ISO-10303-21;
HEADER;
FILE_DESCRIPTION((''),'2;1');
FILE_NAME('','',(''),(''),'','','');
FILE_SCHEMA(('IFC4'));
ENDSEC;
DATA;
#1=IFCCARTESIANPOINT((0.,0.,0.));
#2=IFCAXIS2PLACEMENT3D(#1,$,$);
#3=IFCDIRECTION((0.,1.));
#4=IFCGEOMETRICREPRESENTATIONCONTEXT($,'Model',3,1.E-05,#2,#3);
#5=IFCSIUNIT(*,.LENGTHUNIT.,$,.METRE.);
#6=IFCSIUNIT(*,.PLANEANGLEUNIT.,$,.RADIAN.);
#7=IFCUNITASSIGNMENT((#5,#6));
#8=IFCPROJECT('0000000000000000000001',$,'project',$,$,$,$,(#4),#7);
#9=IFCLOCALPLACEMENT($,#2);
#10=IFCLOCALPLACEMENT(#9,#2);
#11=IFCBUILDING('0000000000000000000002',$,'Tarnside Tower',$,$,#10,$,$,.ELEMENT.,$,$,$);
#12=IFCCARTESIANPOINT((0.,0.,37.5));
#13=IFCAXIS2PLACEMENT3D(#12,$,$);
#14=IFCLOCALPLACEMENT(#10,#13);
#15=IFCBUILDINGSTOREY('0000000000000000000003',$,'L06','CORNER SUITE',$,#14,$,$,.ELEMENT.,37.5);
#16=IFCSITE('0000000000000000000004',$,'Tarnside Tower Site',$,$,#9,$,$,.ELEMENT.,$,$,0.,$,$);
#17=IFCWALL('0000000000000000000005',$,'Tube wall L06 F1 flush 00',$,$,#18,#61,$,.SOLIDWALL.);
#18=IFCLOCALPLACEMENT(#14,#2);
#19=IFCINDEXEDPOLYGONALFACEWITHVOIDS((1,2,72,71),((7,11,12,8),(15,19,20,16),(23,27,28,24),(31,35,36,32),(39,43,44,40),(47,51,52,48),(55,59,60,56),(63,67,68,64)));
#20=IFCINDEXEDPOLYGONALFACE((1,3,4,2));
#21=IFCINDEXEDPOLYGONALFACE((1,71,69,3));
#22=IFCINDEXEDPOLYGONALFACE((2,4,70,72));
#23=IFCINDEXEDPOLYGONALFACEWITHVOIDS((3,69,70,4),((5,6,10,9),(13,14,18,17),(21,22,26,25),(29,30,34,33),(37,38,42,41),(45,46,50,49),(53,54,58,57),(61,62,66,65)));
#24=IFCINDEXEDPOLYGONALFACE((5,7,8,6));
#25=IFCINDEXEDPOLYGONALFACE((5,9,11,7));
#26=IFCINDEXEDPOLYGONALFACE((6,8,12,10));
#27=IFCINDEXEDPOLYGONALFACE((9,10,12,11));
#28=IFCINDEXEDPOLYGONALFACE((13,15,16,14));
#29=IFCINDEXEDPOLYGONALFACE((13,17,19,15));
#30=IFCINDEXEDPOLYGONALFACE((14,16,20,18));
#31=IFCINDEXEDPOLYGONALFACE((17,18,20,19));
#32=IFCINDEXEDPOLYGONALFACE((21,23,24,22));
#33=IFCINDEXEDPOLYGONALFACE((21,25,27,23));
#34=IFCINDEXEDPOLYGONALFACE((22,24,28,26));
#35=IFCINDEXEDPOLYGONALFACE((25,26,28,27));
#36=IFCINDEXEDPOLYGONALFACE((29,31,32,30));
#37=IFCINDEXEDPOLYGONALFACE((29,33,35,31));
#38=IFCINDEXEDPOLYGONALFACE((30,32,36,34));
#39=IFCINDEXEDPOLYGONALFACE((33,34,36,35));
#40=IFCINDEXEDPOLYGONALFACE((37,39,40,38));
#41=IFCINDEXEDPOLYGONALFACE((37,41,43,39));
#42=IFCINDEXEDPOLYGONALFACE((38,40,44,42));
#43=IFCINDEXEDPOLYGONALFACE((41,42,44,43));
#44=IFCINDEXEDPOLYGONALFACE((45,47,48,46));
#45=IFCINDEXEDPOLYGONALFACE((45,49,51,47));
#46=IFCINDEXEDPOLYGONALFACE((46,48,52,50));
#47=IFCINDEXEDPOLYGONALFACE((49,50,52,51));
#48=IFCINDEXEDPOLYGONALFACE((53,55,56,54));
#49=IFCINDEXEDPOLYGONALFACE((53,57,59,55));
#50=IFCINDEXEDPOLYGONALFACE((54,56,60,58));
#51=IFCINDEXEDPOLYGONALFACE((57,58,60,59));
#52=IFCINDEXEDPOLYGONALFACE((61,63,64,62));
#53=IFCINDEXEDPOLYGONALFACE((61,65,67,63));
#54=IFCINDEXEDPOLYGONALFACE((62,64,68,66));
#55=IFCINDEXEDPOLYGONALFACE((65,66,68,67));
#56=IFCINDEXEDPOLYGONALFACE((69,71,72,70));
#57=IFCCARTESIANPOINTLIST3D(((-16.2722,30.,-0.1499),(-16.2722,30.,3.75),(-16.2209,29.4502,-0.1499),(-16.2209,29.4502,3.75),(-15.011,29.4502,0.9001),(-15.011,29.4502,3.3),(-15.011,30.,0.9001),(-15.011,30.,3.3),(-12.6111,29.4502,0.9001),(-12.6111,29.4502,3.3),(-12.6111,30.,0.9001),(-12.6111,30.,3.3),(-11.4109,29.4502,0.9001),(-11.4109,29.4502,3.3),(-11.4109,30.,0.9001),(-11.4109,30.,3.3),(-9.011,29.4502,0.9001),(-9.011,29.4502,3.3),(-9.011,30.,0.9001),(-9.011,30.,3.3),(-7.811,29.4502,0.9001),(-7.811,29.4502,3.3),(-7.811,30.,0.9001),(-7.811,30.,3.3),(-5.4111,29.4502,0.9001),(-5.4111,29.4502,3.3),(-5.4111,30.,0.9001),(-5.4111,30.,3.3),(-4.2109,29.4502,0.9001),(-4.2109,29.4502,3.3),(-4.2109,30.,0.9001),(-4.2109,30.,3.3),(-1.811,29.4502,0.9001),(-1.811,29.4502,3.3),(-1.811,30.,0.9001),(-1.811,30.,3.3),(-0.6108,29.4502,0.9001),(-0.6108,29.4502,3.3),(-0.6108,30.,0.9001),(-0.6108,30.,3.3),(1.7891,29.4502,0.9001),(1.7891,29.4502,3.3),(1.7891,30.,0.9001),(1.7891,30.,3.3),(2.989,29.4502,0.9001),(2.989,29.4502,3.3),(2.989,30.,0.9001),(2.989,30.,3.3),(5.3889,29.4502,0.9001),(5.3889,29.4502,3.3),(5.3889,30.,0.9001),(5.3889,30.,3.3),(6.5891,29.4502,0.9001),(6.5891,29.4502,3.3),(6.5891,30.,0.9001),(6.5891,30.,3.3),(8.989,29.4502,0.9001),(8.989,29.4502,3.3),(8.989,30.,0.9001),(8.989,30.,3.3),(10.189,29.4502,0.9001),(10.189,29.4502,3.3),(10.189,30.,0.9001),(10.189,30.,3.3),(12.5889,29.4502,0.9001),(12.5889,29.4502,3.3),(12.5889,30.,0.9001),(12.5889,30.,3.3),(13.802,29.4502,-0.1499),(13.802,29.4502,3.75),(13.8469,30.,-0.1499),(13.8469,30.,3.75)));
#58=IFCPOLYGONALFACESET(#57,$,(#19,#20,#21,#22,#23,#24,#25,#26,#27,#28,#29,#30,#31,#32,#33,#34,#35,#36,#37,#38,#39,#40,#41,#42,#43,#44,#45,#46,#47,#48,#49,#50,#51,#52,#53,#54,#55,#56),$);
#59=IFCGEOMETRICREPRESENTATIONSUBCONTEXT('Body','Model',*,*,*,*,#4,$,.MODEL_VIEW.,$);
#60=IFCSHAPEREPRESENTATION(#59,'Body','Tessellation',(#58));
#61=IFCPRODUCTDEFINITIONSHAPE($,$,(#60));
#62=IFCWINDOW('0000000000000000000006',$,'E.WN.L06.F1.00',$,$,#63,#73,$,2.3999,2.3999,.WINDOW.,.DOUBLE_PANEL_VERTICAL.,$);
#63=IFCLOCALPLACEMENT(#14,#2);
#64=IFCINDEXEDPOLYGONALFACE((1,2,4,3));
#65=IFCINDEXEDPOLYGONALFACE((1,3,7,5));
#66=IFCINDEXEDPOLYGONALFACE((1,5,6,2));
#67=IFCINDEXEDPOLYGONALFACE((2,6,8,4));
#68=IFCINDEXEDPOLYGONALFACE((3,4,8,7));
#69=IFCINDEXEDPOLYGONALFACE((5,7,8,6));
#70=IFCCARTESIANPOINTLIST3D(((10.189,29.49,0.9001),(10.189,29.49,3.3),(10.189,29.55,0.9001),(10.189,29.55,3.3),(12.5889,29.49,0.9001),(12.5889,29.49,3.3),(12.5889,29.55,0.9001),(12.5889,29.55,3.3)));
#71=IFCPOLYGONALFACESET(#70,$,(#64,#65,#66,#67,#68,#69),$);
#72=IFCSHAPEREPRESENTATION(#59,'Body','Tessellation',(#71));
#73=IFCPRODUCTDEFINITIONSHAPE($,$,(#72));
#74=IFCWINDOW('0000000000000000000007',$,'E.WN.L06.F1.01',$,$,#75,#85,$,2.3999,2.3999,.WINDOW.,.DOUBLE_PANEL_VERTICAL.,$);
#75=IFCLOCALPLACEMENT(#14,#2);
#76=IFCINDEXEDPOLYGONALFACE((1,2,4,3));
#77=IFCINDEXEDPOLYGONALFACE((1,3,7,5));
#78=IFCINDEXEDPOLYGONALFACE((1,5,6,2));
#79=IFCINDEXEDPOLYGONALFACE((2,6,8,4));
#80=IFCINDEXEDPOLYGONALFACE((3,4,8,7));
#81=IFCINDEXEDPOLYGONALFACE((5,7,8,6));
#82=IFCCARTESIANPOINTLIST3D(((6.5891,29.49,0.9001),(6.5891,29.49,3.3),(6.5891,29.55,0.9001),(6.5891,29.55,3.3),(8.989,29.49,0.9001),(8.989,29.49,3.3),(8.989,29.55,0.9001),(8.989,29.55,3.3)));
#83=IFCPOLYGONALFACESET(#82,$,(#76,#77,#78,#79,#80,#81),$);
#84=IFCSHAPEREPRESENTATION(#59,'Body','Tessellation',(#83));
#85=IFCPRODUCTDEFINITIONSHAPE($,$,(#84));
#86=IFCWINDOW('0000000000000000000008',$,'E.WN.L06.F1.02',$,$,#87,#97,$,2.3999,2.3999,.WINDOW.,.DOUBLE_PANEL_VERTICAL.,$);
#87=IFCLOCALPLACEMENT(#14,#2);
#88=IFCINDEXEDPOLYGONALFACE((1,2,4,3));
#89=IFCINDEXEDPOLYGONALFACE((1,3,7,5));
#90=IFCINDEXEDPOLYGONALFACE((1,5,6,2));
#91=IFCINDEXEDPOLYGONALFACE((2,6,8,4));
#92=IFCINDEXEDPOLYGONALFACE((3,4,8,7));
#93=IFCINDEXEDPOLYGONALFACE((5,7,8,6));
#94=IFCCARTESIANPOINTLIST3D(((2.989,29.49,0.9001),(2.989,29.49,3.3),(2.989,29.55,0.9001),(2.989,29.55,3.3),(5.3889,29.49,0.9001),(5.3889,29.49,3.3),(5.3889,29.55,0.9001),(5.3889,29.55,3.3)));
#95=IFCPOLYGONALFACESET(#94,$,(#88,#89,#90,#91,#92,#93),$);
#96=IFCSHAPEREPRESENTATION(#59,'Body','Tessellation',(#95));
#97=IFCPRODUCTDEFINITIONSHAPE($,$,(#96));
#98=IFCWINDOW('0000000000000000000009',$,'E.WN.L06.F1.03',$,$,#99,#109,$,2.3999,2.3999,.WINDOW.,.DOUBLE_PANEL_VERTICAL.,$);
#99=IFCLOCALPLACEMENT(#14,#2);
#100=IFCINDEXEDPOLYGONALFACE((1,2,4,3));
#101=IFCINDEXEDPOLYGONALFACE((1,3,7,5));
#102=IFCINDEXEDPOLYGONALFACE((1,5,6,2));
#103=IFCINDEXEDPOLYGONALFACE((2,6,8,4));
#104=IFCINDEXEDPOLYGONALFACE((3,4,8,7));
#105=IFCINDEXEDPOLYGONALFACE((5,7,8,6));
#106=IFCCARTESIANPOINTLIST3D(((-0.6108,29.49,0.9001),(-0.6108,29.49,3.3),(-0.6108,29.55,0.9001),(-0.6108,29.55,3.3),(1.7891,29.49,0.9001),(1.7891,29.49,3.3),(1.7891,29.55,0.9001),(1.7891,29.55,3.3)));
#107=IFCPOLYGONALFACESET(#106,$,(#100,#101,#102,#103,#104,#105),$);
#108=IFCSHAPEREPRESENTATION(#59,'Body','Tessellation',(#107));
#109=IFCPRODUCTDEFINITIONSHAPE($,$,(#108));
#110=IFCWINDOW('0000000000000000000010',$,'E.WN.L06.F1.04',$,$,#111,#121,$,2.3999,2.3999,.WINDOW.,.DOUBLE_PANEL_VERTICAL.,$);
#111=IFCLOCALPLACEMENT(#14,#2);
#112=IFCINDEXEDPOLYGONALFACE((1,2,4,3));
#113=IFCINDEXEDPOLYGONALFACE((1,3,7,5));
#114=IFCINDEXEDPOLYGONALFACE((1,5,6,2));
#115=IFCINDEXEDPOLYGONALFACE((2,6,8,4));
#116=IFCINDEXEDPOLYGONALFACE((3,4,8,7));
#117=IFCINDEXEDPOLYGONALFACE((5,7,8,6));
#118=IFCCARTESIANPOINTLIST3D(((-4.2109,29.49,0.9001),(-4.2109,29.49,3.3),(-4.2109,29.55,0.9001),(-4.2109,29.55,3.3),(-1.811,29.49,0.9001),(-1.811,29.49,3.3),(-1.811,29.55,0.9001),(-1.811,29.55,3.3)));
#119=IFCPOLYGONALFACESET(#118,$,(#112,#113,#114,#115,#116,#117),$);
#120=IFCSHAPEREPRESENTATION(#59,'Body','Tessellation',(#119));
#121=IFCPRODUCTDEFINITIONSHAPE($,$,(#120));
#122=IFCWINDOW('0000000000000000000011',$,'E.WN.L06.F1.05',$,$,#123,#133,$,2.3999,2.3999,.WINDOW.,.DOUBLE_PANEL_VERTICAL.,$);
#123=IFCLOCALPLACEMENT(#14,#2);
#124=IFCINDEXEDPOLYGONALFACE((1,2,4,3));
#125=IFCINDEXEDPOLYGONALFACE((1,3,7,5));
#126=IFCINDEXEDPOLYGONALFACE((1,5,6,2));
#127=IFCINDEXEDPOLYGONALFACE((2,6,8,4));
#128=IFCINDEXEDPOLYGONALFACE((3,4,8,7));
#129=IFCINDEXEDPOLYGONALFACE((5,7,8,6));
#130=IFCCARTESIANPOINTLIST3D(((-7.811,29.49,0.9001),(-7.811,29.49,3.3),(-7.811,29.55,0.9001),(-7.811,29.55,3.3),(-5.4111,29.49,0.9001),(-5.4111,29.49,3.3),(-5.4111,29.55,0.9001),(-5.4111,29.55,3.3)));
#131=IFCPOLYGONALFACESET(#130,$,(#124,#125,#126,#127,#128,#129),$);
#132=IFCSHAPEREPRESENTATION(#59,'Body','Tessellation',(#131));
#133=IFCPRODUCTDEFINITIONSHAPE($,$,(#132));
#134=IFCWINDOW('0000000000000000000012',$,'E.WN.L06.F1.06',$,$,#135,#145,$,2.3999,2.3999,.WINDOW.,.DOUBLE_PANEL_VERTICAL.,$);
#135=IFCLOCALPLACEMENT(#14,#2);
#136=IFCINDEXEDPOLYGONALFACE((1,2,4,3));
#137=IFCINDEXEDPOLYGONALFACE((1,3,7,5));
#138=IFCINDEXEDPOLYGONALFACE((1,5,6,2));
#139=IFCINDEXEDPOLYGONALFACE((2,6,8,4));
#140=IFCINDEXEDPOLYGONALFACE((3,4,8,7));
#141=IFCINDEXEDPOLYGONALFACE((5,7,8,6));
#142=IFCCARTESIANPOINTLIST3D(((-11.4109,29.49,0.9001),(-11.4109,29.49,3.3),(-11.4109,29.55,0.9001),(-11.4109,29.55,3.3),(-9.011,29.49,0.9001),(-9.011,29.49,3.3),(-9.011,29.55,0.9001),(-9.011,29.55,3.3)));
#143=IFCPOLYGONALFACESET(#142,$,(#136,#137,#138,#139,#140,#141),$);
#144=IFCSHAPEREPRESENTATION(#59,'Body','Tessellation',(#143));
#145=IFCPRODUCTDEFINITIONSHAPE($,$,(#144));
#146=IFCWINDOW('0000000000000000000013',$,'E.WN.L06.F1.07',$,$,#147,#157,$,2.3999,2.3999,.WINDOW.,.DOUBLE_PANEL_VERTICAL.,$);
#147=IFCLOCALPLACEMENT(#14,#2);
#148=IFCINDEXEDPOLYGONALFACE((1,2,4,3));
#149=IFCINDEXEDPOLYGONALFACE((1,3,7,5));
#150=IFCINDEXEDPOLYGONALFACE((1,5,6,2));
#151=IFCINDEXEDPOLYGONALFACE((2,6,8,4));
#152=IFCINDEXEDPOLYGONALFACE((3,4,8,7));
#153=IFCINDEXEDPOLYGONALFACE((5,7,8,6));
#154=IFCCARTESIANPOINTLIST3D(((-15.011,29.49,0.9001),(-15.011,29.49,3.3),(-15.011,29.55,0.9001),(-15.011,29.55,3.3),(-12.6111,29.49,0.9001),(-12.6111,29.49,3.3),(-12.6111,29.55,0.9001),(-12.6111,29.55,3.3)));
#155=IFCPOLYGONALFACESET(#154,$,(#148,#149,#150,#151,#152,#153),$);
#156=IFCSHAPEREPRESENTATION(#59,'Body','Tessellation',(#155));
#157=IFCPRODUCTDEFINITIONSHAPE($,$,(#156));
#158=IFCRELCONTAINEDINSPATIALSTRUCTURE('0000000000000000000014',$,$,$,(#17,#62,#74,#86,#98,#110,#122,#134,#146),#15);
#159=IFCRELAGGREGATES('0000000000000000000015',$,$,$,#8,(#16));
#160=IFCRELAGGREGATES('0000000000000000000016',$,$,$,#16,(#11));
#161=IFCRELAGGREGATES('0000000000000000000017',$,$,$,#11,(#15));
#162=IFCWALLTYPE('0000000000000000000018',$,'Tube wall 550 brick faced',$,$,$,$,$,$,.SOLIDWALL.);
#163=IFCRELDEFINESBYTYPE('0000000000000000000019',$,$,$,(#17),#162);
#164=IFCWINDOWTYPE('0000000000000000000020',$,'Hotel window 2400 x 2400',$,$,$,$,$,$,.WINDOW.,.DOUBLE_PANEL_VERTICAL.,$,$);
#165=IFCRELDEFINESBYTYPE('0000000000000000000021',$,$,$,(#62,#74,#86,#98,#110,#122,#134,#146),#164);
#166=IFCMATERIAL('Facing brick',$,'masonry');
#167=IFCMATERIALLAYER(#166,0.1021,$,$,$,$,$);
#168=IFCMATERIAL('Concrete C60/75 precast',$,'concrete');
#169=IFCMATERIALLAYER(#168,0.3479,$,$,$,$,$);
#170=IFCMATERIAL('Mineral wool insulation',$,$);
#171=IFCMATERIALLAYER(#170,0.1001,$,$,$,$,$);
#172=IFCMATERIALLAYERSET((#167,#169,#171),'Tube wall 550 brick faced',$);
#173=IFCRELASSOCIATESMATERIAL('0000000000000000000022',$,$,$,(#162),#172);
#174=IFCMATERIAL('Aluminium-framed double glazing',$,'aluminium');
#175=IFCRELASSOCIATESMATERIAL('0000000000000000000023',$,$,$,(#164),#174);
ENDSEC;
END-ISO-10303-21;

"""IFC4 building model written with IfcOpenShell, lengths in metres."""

from ifc_helpers import new_model, si_unit, direction, frame, frame_2d, origin, place, context, subcontext, project, spatial, polyline, rectangle, outline, extrude, material, layer, layer_set, type_object, element, fill, save


model = new_model("IFC4")

# Units and contexts
model_context = context("Model", 3, precision=1e-05, world=origin(), true_north=direction((0.0, 1.0)))
body_context = subcontext(model_context, "Body", "Model", "MODEL_VIEW")
ifc_project = project(units=[si_unit("LENGTHUNIT", "METRE"), si_unit("PLANEANGLEUNIT", "RADIAN")], contexts=[model_context])

# Site, building, storey
site_placement = place(None, origin())
site = spatial("IfcSite", under=ifc_project, at=site_placement, Name="Tarnside Tower Site", CompositionType="ELEMENT", RefElevation=0.0)
building_placement = place(site_placement, origin())
building = spatial("IfcBuilding", under=site, at=building_placement, Name="Tarnside Tower", CompositionType="ELEMENT")
storey_placement = place(building_placement, frame((0.0, 0.0, 37.5)))
storey = spatial("IfcBuildingStorey", under=building, at=storey_placement, Name="L06", Description="CORNER SUITE", CompositionType="ELEMENT", Elevation=37.5)

# Wall, openings, windows
ifc_material_1 = material(Name="Facing brick", Category="masonry")
ifc_layer_1 = layer(ifc_material_1, 0.1021)
ifc_material_2 = material(Name="Concrete C60/75 precast", Category="concrete")
ifc_layer_2 = layer(ifc_material_2, 0.3479)
ifc_material_3 = material(Name="Mineral wool insulation")
ifc_layer_3 = layer(ifc_material_3, 0.1001)
ifc_layer_set_1 = layer_set([ifc_layer_1, ifc_layer_2, ifc_layer_3], Name="Tube wall 550 brick faced")
wall_type_1 = type_object("IfcWallType", Name="Tube wall 550 brick faced", PredefinedType="SOLIDWALL", material=ifc_layer_set_1)
wall_1_placement = place(storey_placement, frame((13.8245, 29.7251, -0.1499), z_axis=(0.0, 0.0, 1.0), x_axis=(-1.0, 0.0, 0.0)))
wall_1 = element("IfcWall", 1, at=wall_1_placement, inside=storey, type_object=wall_type_1, Name="Tube wall L06 F1 flush 00", PredefinedType="SOLIDWALL", context=body_context, shape_type="SweptSolid", body=[
    extrude(outline(polyline([(-0.0225, -0.2749), (30.0967, -0.2749), (30.0454, 0.2749), (0.0225, 0.2749), (-0.0225, -0.2749)])), origin(), (0.0, 0.0, 1.0), 3.8999),
])
opening_1_placement = place(wall_1_placement, frame((1.2356, 0.0, 1.05)))
opening_1 = element("IfcOpeningElement", 2, at=opening_1_placement, cuts=wall_1, PredefinedType="OPENING", context=body_context, shape_type="SweptSolid", body=[
    extrude(rectangle(XDim=2.3999, YDim=2.3999, at=frame_2d((1.2, 1.2))), frame((0.0, 0.2852, 0.0), z_axis=(0.0, -1.0, 0.0), x_axis=(1.0, 0.0, 0.0)), (0.0, 0.0, 1.0), 0.5701),
])
opening_2_placement = place(wall_1_placement, frame((4.8354, 0.0, 1.05)))
opening_2 = element("IfcOpeningElement", 3, at=opening_2_placement, cuts=wall_1, PredefinedType="OPENING", context=body_context, shape_type="SweptSolid", body=[
    extrude(rectangle(XDim=2.3999, YDim=2.3999, at=frame_2d((1.2, 1.2))), frame((0.0, 0.2852, 0.0), z_axis=(0.0, -1.0, 0.0), x_axis=(1.0, 0.0, 0.0)), (0.0, 0.0, 1.0), 0.5701),
])
opening_3_placement = place(wall_1_placement, frame((8.4355, 0.0, 1.05)))
opening_3 = element("IfcOpeningElement", 4, at=opening_3_placement, cuts=wall_1, PredefinedType="OPENING", context=body_context, shape_type="SweptSolid", body=[
    extrude(rectangle(XDim=2.3999, YDim=2.3999, at=frame_2d((1.2, 1.2))), frame((0.0, 0.2852, 0.0), z_axis=(0.0, -1.0, 0.0), x_axis=(1.0, 0.0, 0.0)), (0.0, 0.0, 1.0), 0.5701),
])
opening_4_placement = place(wall_1_placement, frame((12.0354, 0.0, 1.05)))
opening_4 = element("IfcOpeningElement", 5, at=opening_4_placement, cuts=wall_1, PredefinedType="OPENING", context=body_context, shape_type="SweptSolid", body=[
    extrude(rectangle(XDim=2.3999, YDim=2.3999, at=frame_2d((1.2, 1.2))), frame((0.0, 0.2852, 0.0), z_axis=(0.0, -1.0, 0.0), x_axis=(1.0, 0.0, 0.0)), (0.0, 0.0, 1.0), 0.5701),
])
opening_5_placement = place(wall_1_placement, frame((15.6355, 0.0, 1.05)))
opening_5 = element("IfcOpeningElement", 6, at=opening_5_placement, cuts=wall_1, PredefinedType="OPENING", context=body_context, shape_type="SweptSolid", body=[
    extrude(rectangle(XDim=2.3999, YDim=2.3999, at=frame_2d((1.2, 1.2))), frame((0.0, 0.2852, 0.0), z_axis=(0.0, -1.0, 0.0), x_axis=(1.0, 0.0, 0.0)), (0.0, 0.0, 1.0), 0.5701),
])
opening_6_placement = place(wall_1_placement, frame((19.2356, 0.0, 1.05)))
opening_6 = element("IfcOpeningElement", 7, at=opening_6_placement, cuts=wall_1, PredefinedType="OPENING", context=body_context, shape_type="SweptSolid", body=[
    extrude(rectangle(XDim=2.3999, YDim=2.3999, at=frame_2d((1.2, 1.2))), frame((0.0, 0.2852, 0.0), z_axis=(0.0, -1.0, 0.0), x_axis=(1.0, 0.0, 0.0)), (0.0, 0.0, 1.0), 0.5701),
])
opening_7_placement = place(wall_1_placement, frame((22.8354, 0.0, 1.05)))
opening_7 = element("IfcOpeningElement", 8, at=opening_7_placement, cuts=wall_1, PredefinedType="OPENING", context=body_context, shape_type="SweptSolid", body=[
    extrude(rectangle(XDim=2.3999, YDim=2.3999, at=frame_2d((1.2, 1.2))), frame((0.0, 0.2852, 0.0), z_axis=(0.0, -1.0, 0.0), x_axis=(1.0, 0.0, 0.0)), (0.0, 0.0, 1.0), 0.5701),
])
opening_8_placement = place(wall_1_placement, frame((26.4355, 0.0, 1.05)))
opening_8 = element("IfcOpeningElement", 9, at=opening_8_placement, cuts=wall_1, PredefinedType="OPENING", context=body_context, shape_type="SweptSolid", body=[
    extrude(rectangle(XDim=2.3999, YDim=2.3999, at=frame_2d((1.2, 1.2))), frame((0.0, 0.2852, 0.0), z_axis=(0.0, -1.0, 0.0), x_axis=(1.0, 0.0, 0.0)), (0.0, 0.0, 1.0), 0.5701),
])
ifc_material_4 = material(Name="Aluminium-framed double glazing", Category="aluminium")
window_type = type_object("IfcWindowType", Name="Hotel window 2400 x 2400", PartitioningType="DOUBLE_PANEL_VERTICAL", PredefinedType="WINDOW", material=ifc_material_4)
window_1_placement = place(opening_1_placement, frame((0.0, 0.2051, 0.0)))
window_1 = element("IfcWindow", 10, at=window_1_placement, inside=storey, type_object=window_type, Name="E.WN.L06.F1.00", OverallHeight=2.3999, OverallWidth=2.3999, PartitioningType="DOUBLE_PANEL_VERTICAL", PredefinedType="WINDOW", context=body_context, shape_type="SweptSolid", body=[
    extrude(rectangle(XDim=2.3999, YDim=2.3999, at=frame_2d((1.2, 1.2))), frame((0.0, 0.03, 0.0), z_axis=(0.0, -1.0, 0.0), x_axis=(1.0, 0.0, 0.0)), (0.0, 0.0, 1.0), 0.0601),
])
fill(opening_1, window_1)
window_2_placement = place(opening_2_placement, frame((0.0, 0.2051, 0.0)))
window_2 = element("IfcWindow", 11, at=window_2_placement, inside=storey, type_object=window_type, Name="E.WN.L06.F1.01", OverallHeight=2.3999, OverallWidth=2.3999, PartitioningType="DOUBLE_PANEL_VERTICAL", PredefinedType="WINDOW", context=body_context, shape_type="SweptSolid", body=[
    extrude(rectangle(XDim=2.3999, YDim=2.3999, at=frame_2d((1.2, 1.2))), frame((0.0, 0.03, 0.0), z_axis=(0.0, -1.0, 0.0), x_axis=(1.0, 0.0, 0.0)), (0.0, 0.0, 1.0), 0.0601),
])
fill(opening_2, window_2)
window_3_placement = place(opening_3_placement, frame((0.0, 0.2051, 0.0)))
window_3 = element("IfcWindow", 12, at=window_3_placement, inside=storey, type_object=window_type, Name="E.WN.L06.F1.02", OverallHeight=2.3999, OverallWidth=2.3999, PartitioningType="DOUBLE_PANEL_VERTICAL", PredefinedType="WINDOW", context=body_context, shape_type="SweptSolid", body=[
    extrude(rectangle(XDim=2.3999, YDim=2.3999, at=frame_2d((1.2, 1.2))), frame((0.0, 0.03, 0.0), z_axis=(0.0, -1.0, 0.0), x_axis=(1.0, 0.0, 0.0)), (0.0, 0.0, 1.0), 0.0601),
])
fill(opening_3, window_3)
window_4_placement = place(opening_4_placement, frame((0.0, 0.2051, 0.0)))
window_4 = element("IfcWindow", 13, at=window_4_placement, inside=storey, type_object=window_type, Name="E.WN.L06.F1.03", OverallHeight=2.3999, OverallWidth=2.3999, PartitioningType="DOUBLE_PANEL_VERTICAL", PredefinedType="WINDOW", context=body_context, shape_type="SweptSolid", body=[
    extrude(rectangle(XDim=2.3999, YDim=2.3999, at=frame_2d((1.2, 1.2))), frame((0.0, 0.03, 0.0), z_axis=(0.0, -1.0, 0.0), x_axis=(1.0, 0.0, 0.0)), (0.0, 0.0, 1.0), 0.0601),
])
fill(opening_4, window_4)
window_5_placement = place(opening_5_placement, frame((0.0, 0.2051, 0.0)))
window_5 = element("IfcWindow", 14, at=window_5_placement, inside=storey, type_object=window_type, Name="E.WN.L06.F1.04", OverallHeight=2.3999, OverallWidth=2.3999, PartitioningType="DOUBLE_PANEL_VERTICAL", PredefinedType="WINDOW", context=body_context, shape_type="SweptSolid", body=[
    extrude(rectangle(XDim=2.3999, YDim=2.3999, at=frame_2d((1.2, 1.2))), frame((0.0, 0.03, 0.0), z_axis=(0.0, -1.0, 0.0), x_axis=(1.0, 0.0, 0.0)), (0.0, 0.0, 1.0), 0.0601),
])
fill(opening_5, window_5)
window_6_placement = place(opening_6_placement, frame((0.0, 0.2051, 0.0)))
window_6 = element("IfcWindow", 15, at=window_6_placement, inside=storey, type_object=window_type, Name="E.WN.L06.F1.05", OverallHeight=2.3999, OverallWidth=2.3999, PartitioningType="DOUBLE_PANEL_VERTICAL", PredefinedType="WINDOW", context=body_context, shape_type="SweptSolid", body=[
    extrude(rectangle(XDim=2.3999, YDim=2.3999, at=frame_2d((1.2, 1.2))), frame((0.0, 0.03, 0.0), z_axis=(0.0, -1.0, 0.0), x_axis=(1.0, 0.0, 0.0)), (0.0, 0.0, 1.0), 0.0601),
])
fill(opening_6, window_6)
window_7_placement = place(opening_7_placement, frame((0.0, 0.2051, 0.0)))
window_7 = element("IfcWindow", 16, at=window_7_placement, inside=storey, type_object=window_type, Name="E.WN.L06.F1.06", OverallHeight=2.3999, OverallWidth=2.3999, PartitioningType="DOUBLE_PANEL_VERTICAL", PredefinedType="WINDOW", context=body_context, shape_type="SweptSolid", body=[
    extrude(rectangle(XDim=2.3999, YDim=2.3999, at=frame_2d((1.2, 1.2))), frame((0.0, 0.03, 0.0), z_axis=(0.0, -1.0, 0.0), x_axis=(1.0, 0.0, 0.0)), (0.0, 0.0, 1.0), 0.0601),
])
fill(opening_7, window_7)
window_8_placement = place(opening_8_placement, frame((0.0, 0.2051, 0.0)))
window_8 = element("IfcWindow", 17, at=window_8_placement, inside=storey, type_object=window_type, Name="E.WN.L06.F1.07", OverallHeight=2.3999, OverallWidth=2.3999, PartitioningType="DOUBLE_PANEL_VERTICAL", PredefinedType="WINDOW", context=body_context, shape_type="SweptSolid", body=[
    extrude(rectangle(XDim=2.3999, YDim=2.3999, at=frame_2d((1.2, 1.2))), frame((0.0, 0.03, 0.0), z_axis=(0.0, -1.0, 0.0), x_axis=(1.0, 0.0, 0.0)), (0.0, 0.0, 1.0), 0.0601),
])
fill(opening_8, window_8)

save(model, "model.ifc")
